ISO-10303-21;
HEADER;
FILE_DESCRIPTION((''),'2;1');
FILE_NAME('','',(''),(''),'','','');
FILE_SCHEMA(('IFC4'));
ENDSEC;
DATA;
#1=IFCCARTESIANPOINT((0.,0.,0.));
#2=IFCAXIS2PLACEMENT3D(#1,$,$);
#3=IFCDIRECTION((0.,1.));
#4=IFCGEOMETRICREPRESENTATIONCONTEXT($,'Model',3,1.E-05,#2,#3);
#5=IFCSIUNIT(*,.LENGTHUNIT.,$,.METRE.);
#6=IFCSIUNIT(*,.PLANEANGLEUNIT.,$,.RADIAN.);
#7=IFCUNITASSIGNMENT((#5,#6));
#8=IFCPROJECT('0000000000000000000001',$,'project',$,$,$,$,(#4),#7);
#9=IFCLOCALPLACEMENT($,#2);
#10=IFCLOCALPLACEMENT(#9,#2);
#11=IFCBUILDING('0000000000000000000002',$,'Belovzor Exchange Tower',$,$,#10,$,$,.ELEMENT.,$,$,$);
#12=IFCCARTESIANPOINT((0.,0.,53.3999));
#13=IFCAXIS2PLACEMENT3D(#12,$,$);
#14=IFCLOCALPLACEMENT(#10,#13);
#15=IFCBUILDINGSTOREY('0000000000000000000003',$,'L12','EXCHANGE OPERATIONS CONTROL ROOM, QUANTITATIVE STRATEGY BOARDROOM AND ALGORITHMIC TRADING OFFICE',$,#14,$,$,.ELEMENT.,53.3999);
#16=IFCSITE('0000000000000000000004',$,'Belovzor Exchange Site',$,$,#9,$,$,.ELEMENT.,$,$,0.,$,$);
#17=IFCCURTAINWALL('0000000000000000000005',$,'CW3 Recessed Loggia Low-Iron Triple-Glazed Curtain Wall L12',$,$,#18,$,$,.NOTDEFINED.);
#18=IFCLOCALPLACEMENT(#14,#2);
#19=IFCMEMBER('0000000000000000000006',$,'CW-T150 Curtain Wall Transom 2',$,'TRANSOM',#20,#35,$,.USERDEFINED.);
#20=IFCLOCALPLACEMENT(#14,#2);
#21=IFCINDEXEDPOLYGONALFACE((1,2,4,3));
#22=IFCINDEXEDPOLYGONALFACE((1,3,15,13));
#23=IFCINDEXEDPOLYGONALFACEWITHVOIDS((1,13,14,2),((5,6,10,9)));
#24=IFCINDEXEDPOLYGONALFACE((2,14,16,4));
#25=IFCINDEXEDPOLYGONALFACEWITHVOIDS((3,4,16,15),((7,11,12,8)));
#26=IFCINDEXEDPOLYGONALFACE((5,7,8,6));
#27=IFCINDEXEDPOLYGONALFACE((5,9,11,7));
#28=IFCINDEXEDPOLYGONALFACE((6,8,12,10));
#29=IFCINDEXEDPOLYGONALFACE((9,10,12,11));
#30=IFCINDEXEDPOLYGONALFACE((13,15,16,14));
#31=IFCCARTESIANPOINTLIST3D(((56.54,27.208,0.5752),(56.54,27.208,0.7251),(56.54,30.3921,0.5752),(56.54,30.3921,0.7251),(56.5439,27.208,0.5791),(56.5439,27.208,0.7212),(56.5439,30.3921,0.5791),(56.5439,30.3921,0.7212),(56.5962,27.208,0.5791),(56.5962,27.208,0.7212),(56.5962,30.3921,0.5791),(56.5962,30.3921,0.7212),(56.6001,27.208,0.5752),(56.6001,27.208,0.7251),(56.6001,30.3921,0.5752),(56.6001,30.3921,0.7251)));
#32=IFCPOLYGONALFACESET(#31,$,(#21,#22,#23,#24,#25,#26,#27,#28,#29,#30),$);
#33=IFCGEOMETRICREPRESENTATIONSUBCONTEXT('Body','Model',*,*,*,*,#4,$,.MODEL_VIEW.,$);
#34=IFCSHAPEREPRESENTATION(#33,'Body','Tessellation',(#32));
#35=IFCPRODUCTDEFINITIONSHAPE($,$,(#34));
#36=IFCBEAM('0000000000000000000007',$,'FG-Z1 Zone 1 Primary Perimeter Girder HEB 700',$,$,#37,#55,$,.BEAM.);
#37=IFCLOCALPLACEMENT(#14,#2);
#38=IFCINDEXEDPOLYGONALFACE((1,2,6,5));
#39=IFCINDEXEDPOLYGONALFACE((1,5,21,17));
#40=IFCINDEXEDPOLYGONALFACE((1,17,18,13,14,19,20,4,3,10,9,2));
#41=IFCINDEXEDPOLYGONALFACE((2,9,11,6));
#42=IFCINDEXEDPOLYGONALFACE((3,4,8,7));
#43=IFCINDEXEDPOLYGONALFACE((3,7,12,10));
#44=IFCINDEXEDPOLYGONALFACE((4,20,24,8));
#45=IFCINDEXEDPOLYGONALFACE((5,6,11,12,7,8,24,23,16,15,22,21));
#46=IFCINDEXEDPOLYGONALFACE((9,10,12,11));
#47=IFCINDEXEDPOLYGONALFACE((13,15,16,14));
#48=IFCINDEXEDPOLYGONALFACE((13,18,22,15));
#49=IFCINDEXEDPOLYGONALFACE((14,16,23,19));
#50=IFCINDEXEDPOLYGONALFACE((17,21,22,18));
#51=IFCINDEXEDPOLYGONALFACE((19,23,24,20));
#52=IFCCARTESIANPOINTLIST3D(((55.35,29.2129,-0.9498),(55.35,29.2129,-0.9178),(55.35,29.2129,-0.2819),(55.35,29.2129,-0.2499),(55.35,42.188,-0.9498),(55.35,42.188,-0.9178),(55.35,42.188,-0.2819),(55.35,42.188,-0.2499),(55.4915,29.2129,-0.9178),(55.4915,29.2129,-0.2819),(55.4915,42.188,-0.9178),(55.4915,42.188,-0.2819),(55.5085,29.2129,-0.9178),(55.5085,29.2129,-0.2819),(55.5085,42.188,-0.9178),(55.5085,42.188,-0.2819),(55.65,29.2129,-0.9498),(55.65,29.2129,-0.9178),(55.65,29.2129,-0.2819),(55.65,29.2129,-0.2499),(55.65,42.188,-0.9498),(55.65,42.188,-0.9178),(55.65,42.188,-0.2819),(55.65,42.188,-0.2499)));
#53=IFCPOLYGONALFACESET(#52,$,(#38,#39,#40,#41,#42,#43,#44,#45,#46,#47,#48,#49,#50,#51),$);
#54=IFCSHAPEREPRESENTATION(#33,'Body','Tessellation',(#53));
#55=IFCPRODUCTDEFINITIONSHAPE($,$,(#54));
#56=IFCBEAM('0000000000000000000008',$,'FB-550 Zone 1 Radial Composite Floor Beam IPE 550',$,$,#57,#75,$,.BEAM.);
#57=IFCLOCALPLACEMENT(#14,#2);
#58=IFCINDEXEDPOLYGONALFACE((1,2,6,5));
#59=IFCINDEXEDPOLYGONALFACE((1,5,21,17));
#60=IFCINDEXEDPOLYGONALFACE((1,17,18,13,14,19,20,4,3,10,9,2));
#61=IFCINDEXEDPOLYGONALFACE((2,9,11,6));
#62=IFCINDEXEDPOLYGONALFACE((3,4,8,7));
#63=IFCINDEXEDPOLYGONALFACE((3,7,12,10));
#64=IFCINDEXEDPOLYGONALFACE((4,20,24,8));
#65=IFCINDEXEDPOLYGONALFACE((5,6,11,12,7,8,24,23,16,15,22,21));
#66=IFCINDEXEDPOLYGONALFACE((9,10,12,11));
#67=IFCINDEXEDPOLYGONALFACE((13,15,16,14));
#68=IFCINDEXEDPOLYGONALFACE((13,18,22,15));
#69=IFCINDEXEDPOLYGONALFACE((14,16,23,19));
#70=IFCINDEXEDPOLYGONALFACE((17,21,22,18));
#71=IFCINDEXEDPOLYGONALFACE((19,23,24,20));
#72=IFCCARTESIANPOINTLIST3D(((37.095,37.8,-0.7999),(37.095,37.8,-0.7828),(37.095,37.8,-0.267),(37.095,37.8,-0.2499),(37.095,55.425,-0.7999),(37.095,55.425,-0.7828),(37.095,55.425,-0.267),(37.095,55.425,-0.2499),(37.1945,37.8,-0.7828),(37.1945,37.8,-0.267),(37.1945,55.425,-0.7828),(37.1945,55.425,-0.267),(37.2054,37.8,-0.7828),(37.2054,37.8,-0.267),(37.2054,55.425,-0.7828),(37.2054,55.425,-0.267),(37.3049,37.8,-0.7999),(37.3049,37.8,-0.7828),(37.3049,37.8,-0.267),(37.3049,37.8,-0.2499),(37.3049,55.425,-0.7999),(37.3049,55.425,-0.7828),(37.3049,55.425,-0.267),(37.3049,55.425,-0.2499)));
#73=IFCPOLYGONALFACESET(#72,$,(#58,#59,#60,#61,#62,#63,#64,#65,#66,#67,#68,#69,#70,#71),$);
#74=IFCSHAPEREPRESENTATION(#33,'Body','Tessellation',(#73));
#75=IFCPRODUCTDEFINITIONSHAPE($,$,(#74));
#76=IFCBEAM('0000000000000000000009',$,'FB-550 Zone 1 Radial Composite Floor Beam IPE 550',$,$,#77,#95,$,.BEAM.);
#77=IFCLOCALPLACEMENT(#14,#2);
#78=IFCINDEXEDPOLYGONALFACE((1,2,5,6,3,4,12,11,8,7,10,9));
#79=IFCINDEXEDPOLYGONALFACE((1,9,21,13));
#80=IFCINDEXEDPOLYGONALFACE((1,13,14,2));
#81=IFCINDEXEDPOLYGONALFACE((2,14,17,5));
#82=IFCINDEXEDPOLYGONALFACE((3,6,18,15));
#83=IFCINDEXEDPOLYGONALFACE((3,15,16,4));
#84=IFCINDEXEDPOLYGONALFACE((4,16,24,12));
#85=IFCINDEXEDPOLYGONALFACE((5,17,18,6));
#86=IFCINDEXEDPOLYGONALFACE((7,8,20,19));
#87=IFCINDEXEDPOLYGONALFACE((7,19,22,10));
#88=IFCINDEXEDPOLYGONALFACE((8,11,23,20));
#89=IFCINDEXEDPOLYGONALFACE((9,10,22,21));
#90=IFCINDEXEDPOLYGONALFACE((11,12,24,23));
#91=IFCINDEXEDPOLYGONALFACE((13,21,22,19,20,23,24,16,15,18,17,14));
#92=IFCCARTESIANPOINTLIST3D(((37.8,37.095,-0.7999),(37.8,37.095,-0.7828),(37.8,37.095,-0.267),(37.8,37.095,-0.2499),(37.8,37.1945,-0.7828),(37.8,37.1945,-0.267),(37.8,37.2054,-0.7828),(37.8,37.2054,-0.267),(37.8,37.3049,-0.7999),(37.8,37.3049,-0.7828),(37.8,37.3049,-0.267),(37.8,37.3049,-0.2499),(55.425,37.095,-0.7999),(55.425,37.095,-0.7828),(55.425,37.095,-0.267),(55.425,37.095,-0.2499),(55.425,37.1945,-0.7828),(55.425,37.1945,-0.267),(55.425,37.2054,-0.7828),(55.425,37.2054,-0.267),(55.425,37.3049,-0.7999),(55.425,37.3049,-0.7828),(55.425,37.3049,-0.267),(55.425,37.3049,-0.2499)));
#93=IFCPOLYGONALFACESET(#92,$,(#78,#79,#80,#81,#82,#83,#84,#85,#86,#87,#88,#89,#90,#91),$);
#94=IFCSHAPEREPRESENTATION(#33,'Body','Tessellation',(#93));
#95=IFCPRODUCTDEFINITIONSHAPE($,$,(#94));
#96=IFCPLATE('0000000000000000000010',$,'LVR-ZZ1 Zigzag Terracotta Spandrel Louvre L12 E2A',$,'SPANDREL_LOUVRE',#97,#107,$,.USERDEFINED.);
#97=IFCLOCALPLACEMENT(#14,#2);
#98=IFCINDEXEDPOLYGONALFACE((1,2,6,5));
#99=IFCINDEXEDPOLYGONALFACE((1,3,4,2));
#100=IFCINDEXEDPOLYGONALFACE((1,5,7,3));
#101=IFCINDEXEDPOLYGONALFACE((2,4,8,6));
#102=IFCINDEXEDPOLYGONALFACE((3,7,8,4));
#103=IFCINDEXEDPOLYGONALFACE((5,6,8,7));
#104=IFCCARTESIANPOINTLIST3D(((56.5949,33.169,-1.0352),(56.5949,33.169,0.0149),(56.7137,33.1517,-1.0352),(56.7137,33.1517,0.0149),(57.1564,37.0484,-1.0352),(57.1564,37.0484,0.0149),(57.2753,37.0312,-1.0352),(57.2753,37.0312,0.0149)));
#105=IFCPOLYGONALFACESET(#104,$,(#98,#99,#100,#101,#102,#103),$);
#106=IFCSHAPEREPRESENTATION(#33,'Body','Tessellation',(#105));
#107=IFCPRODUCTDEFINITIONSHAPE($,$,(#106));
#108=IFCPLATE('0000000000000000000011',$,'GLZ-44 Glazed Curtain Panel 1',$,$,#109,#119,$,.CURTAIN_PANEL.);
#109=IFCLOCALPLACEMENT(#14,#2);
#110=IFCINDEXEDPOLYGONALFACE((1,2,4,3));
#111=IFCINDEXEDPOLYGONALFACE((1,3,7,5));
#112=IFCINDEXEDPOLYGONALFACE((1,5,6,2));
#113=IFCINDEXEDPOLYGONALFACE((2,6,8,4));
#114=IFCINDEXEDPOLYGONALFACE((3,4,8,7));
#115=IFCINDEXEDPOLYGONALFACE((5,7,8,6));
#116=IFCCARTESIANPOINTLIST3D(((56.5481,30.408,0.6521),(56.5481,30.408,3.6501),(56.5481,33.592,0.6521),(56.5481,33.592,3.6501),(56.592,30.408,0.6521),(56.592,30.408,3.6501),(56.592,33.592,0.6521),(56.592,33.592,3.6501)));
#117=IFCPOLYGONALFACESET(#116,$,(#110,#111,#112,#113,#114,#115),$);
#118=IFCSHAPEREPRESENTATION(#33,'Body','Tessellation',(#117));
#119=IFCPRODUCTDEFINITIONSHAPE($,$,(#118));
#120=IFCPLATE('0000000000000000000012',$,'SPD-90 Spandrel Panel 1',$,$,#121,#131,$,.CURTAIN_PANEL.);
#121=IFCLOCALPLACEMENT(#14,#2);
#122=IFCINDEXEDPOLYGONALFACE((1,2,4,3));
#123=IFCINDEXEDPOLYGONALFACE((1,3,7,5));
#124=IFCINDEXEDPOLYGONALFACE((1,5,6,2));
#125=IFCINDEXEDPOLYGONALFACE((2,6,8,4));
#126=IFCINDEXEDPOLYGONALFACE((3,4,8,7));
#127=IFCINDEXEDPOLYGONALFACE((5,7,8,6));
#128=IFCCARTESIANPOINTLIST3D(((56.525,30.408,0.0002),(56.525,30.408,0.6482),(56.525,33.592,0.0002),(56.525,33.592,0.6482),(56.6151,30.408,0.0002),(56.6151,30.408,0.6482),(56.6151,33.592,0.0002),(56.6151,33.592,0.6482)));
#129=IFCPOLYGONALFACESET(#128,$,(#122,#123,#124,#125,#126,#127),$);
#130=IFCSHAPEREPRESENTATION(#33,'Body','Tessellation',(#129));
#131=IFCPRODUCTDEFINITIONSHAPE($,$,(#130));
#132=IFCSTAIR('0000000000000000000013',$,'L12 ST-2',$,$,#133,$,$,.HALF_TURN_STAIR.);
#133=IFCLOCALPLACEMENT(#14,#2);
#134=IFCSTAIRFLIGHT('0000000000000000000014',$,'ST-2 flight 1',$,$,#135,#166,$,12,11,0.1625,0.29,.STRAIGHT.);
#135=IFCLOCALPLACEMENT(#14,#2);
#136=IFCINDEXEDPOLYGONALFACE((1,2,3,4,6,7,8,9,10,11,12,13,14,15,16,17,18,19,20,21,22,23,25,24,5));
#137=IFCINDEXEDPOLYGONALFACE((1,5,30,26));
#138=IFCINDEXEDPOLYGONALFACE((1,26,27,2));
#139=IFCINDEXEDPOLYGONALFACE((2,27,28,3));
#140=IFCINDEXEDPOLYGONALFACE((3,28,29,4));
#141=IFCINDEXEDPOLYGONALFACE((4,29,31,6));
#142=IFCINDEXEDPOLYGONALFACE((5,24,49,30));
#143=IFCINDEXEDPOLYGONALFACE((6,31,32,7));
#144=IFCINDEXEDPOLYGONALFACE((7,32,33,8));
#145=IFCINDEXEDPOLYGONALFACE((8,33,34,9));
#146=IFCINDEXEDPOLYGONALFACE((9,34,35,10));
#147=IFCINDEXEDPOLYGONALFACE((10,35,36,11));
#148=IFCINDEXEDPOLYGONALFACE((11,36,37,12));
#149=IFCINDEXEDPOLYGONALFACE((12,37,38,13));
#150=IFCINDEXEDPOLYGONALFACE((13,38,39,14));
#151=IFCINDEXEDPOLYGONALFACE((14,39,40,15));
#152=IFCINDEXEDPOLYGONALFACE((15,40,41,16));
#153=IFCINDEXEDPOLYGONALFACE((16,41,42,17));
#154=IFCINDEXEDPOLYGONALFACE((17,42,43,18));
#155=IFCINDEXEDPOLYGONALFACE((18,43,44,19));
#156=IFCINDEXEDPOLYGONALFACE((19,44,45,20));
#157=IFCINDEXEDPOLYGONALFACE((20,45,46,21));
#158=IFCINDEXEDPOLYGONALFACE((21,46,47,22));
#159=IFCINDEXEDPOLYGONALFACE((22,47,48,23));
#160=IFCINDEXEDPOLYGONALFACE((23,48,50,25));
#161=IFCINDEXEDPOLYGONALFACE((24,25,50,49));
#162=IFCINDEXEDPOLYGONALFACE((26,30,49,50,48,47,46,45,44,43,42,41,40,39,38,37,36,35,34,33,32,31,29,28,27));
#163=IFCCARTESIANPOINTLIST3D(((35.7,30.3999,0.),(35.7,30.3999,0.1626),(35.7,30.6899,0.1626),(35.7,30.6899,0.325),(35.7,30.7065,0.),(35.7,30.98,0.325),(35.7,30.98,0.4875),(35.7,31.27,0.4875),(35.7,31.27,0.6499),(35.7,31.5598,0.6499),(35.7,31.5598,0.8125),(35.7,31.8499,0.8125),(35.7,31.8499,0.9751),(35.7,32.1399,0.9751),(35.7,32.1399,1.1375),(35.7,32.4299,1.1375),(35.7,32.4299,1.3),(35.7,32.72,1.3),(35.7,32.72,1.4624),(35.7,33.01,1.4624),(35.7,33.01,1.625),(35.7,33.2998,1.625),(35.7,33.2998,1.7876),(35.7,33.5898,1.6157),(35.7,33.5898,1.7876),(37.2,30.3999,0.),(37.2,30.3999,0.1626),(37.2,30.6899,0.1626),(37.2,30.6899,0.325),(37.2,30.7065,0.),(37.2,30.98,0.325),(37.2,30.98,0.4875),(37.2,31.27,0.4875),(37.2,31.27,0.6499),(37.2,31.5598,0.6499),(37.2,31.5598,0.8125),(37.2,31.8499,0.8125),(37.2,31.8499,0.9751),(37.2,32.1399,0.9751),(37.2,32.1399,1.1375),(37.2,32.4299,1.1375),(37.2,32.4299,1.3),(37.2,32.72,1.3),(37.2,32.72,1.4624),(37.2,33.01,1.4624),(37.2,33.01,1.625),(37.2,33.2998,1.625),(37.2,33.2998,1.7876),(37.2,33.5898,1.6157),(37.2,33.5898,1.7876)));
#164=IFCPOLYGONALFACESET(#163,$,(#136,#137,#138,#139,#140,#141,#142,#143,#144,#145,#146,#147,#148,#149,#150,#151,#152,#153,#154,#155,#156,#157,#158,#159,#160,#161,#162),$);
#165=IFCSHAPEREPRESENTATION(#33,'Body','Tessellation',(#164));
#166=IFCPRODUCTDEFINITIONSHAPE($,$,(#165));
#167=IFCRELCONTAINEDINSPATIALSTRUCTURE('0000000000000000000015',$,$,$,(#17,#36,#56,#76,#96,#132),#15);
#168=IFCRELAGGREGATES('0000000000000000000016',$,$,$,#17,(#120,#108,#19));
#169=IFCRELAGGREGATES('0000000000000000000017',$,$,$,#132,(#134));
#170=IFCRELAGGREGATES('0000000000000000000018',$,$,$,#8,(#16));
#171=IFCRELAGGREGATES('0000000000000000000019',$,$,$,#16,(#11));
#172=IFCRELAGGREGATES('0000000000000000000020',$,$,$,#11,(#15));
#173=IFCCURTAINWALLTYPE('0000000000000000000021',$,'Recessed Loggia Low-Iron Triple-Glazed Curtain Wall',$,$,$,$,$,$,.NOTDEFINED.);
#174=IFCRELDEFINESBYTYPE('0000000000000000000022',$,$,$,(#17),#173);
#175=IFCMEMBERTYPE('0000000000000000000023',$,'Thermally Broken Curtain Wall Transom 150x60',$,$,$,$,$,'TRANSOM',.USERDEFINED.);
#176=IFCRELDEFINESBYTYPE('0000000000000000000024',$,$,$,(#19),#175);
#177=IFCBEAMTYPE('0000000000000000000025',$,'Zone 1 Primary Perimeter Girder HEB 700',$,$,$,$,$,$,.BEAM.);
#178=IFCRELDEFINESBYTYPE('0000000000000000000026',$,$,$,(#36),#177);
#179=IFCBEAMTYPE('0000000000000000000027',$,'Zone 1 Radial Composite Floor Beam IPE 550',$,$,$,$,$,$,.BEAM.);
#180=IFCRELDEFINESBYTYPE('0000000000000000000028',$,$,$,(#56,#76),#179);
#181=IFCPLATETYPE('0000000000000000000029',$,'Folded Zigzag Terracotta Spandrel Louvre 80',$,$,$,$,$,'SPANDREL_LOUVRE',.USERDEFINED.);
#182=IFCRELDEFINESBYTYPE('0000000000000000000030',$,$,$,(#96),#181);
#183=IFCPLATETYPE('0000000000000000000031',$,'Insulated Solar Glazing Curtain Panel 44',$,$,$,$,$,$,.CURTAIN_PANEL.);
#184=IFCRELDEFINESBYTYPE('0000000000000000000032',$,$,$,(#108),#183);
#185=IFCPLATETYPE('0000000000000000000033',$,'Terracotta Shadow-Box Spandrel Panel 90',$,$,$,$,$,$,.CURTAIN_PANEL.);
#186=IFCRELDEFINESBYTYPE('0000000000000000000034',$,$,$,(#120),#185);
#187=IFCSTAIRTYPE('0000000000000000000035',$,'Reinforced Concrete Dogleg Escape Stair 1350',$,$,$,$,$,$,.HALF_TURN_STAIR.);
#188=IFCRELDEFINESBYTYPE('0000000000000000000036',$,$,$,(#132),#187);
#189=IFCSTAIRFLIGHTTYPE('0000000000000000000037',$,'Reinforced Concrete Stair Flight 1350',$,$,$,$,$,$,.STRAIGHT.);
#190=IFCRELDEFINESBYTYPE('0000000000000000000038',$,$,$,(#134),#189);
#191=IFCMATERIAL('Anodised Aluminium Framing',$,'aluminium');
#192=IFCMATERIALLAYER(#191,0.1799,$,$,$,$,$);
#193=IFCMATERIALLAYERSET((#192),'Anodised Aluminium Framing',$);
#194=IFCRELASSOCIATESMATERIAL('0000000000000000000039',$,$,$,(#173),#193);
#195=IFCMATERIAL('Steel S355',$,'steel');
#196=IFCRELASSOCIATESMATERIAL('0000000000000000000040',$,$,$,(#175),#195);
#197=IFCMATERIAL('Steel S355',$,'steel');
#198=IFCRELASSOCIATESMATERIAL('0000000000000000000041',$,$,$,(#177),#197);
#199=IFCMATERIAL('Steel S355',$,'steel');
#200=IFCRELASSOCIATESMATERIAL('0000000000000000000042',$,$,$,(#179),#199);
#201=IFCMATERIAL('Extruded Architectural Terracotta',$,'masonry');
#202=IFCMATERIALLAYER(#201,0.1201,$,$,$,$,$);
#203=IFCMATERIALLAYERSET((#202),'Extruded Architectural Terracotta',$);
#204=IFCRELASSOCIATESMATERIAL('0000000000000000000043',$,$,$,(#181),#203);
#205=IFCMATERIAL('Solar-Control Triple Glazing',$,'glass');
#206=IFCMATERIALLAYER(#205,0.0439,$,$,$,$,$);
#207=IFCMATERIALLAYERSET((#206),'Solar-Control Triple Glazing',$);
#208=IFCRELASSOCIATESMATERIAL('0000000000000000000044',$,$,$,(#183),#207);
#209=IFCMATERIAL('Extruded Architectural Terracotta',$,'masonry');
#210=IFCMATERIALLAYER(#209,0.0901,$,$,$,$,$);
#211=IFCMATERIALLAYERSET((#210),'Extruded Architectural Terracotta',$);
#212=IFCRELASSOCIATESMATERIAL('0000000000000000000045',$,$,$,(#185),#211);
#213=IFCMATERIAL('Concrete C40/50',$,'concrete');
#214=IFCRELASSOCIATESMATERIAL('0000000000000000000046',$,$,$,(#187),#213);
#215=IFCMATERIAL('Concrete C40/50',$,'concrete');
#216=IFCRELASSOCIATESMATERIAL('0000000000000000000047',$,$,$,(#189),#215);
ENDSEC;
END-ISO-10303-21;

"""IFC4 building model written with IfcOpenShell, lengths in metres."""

from ifc_helpers import new_model, si_unit, direction, frame, origin, origin_2d, place, context, subcontext, project, spatial, polyline, rectangle, hollow_rectangle, i_section, outline, extrude, material, layer, layer_set, material_profile, profile_set, type_object, element, aggregate, save


model = new_model("IFC4")

# Units and contexts
model_context = context("Model", 3, precision=1e-05, world=origin(), true_north=direction((0.0, 1.0)))
body_context = subcontext(model_context, "Body", "Model", "MODEL_VIEW")
ifc_project = project(units=[si_unit("LENGTHUNIT", "METRE"), si_unit("PLANEANGLEUNIT", "RADIAN")], contexts=[model_context])

# Site, building, storey
site_placement = place(None, origin())
site = spatial("IfcSite", under=ifc_project, at=site_placement, Name="Belovzor Exchange Site", CompositionType="ELEMENT", RefElevation=0.0)
building_placement = place(site_placement, origin())
building = spatial("IfcBuilding", under=site, at=building_placement, Name="Belovzor Exchange Tower", CompositionType="ELEMENT")
storey_placement = place(building_placement, frame((0.0, 0.0, 53.3999)))
storey = spatial("IfcBuildingStorey", under=building, at=storey_placement, Name="L12", Description="EXCHANGE OPERATIONS CONTROL ROOM, QUANTITATIVE STRATEGY BOARDROOM AND ALGORITHMIC TRADING OFFICE", CompositionType="ELEMENT", Elevation=53.3999)

# Curtain wall, member
ifc_material_1 = material(Name="Anodised Aluminium Framing", Category="aluminium")
ifc_layer_1 = layer(ifc_material_1, 0.1799)
ifc_layer_set_1 = layer_set([ifc_layer_1], Name="Anodised Aluminium Framing")
curtain_wall_type = type_object("IfcCurtainWallType", Name="Recessed Loggia Low-Iron Triple-Glazed Curtain Wall", PredefinedType="NOTDEFINED", material=ifc_layer_set_1)
curtain_wall_placement = place(storey_placement, origin())
curtain_wall = element("IfcCurtainWall", 1, at=curtain_wall_placement, inside=storey, type_object=curtain_wall_type, Name="CW3 Recessed Loggia Low-Iron Triple-Glazed Curtain Wall L12", PredefinedType="NOTDEFINED")
ifc_material_2 = material(Name="Steel S355", Category="steel")
ifc_material_profile_1 = material_profile(ifc_material_2, hollow_rectangle(XDim=0.0601, YDim=0.1499, WallThickness=0.0039, at=origin_2d()))
ifc_profile_set_1 = profile_set([ifc_material_profile_1], Name="Steel S355")
member_type_1 = type_object("IfcMemberType", Name="Thermally Broken Curtain Wall Transom 150x60", ElementType="TRANSOM", PredefinedType="USERDEFINED", material=ifc_profile_set_1)
member_1_placement = place(storey_placement, frame((56.5701, 30.3921, 0.6501), z_axis=(0.0, -1.0, 0.0), x_axis=(1.0, 0.0, 0.0)))
member_1 = element("IfcMember", 2, at=member_1_placement, type_object=member_type_1, Name="CW-T150 Curtain Wall Transom 2", ObjectType="TRANSOM", PredefinedType="USERDEFINED", context=body_context, shape_type="SweptSolid", body=[
    extrude(hollow_rectangle(XDim=0.0601, YDim=0.1499, WallThickness=0.0039, at=origin_2d()), origin(), (0.0, 0.0, 1.0), 3.1841),
])

# Beams
ifc_material_3 = material(Name="Steel S355", Category="steel")
ifc_material_profile_2 = material_profile(ifc_material_3, i_section(OverallWidth=0.3, OverallDepth=0.7, WebThickness=0.0171, FlangeThickness=0.032, at=origin_2d()))
ifc_profile_set_2 = profile_set([ifc_material_profile_2], Name="Steel S355")
beam_type_1 = type_object("IfcBeamType", Name="Zone 1 Primary Perimeter Girder HEB 700", PredefinedType="BEAM", material=ifc_profile_set_2)
beam_1_placement = place(storey_placement, frame((55.5, 29.2129, -0.5999), z_axis=(0.0, 1.0, 0.0), x_axis=(-1.0, 0.0, 0.0)))
element("IfcBeam", 3, at=beam_1_placement, inside=storey, type_object=beam_type_1, Name="FG-Z1 Zone 1 Primary Perimeter Girder HEB 700", PredefinedType="BEAM", context=body_context, shape_type="SweptSolid", body=[
    extrude(i_section(OverallWidth=0.3, OverallDepth=0.7, WebThickness=0.0171, FlangeThickness=0.032, at=origin_2d()), origin(), (0.0, 0.0, 1.0), 12.9751),
])
ifc_material_4 = material(Name="Steel S355", Category="steel")
ifc_material_profile_3 = material_profile(ifc_material_4, i_section(OverallWidth=0.21, OverallDepth=0.55, WebThickness=0.011, FlangeThickness=0.0171, at=origin_2d()))
ifc_profile_set_3 = profile_set([ifc_material_profile_3], Name="Steel S355")
beam_type_2 = type_object("IfcBeamType", Name="Zone 1 Radial Composite Floor Beam IPE 550", PredefinedType="BEAM", material=ifc_profile_set_3)
for number, where, z_axis, x_axis, name in (
    (4, (37.2, 37.8, -0.5249), (0.0, 1.0, 0.0), (-1.0, 0.0, 0.0), "FB-550 Zone 1 Radial Composite Floor Beam IPE 550"),
    (5, (37.8, 37.2, -0.5249), (1.0, 0.0, 0.0), (0.0, 1.0, 0.0), "FB-550 Zone 1 Radial Composite Floor Beam IPE 550"),
):
    element("IfcBeam", number, at=place(storey_placement, frame(where, z_axis=z_axis, x_axis=x_axis)), inside=storey, type_object=beam_type_2, Name=name, PredefinedType="BEAM", context=body_context, shape_type="SweptSolid", body=[
        extrude(i_section(OverallWidth=0.21, OverallDepth=0.55, WebThickness=0.011, FlangeThickness=0.0171, at=origin_2d()), origin(), (0.0, 0.0, 1.0), 17.625),
    ])

# Plates
ifc_material_5 = material(Name="Extruded Architectural Terracotta", Category="masonry")
ifc_layer_2 = layer(ifc_material_5, 0.1201)
ifc_layer_set_2 = layer_set([ifc_layer_2], Name="Extruded Architectural Terracotta")
plate_type_1 = type_object("IfcPlateType", Name="Folded Zigzag Terracotta Spandrel Louvre 80", ElementType="SPANDREL_LOUVRE", PredefinedType="USERDEFINED", material=ifc_layer_set_2)
plate_1_placement = place(storey_placement, frame((56.9351, 35.1001, -1.0352), z_axis=(0.0, 0.0, 1.0), x_axis=(0.143251, 0.989686, 0.0)))
element("IfcPlate", 6, at=plate_1_placement, inside=storey, type_object=plate_type_1, Name="LVR-ZZ1 Zigzag Terracotta Spandrel Louvre L12 E2A", ObjectType="SPANDREL_LOUVRE", PredefinedType="USERDEFINED", context=body_context, shape_type="SweptSolid", body=[
    extrude(rectangle(XDim=3.9199, YDim=0.1201, at=origin_2d()), origin(), (0.0, 0.0, 1.0), 1.05),
])
ifc_material_6 = material(Name="Solar-Control Triple Glazing", Category="glass")
ifc_layer_3 = layer(ifc_material_6, 0.0439)
ifc_layer_set_3 = layer_set([ifc_layer_3], Name="Solar-Control Triple Glazing")
plate_type_2 = type_object("IfcPlateType", Name="Insulated Solar Glazing Curtain Panel 44", PredefinedType="CURTAIN_PANEL", material=ifc_layer_set_3)
plate_2_placement = place(storey_placement, frame((56.5701, 32.0, 0.6521), z_axis=(0.0, 0.0, 1.0), x_axis=(0.0, -1.0, 0.0)))
plate_2 = element("IfcPlate", 7, at=plate_2_placement, type_object=plate_type_2, Name="GLZ-44 Glazed Curtain Panel 1", PredefinedType="CURTAIN_PANEL", context=body_context, shape_type="SweptSolid", body=[
    extrude(rectangle(XDim=3.1841, YDim=0.0439, at=origin_2d()), origin(), (0.0, 0.0, 1.0), 2.998),
])
ifc_material_7 = material(Name="Extruded Architectural Terracotta", Category="masonry")
ifc_layer_4 = layer(ifc_material_7, 0.0901)
ifc_layer_set_4 = layer_set([ifc_layer_4], Name="Extruded Architectural Terracotta")
plate_type_3 = type_object("IfcPlateType", Name="Terracotta Shadow-Box Spandrel Panel 90", PredefinedType="CURTAIN_PANEL", material=ifc_layer_set_4)
plate_3_placement = place(storey_placement, frame((56.5701, 32.0, 0.0002), z_axis=(0.0, 0.0, 1.0), x_axis=(0.0, -1.0, 0.0)))
plate_3 = element("IfcPlate", 8, at=plate_3_placement, type_object=plate_type_3, Name="SPD-90 Spandrel Panel 1", PredefinedType="CURTAIN_PANEL", context=body_context, shape_type="SweptSolid", body=[
    extrude(rectangle(XDim=3.1841, YDim=0.0901, at=origin_2d()), origin(), (0.0, 0.0, 1.0), 0.6479),
])
aggregate(curtain_wall, [plate_3, plate_2, member_1])

# Stair, stair flight
ifc_material_8 = material(Name="Concrete C40/50", Category="concrete")
stair_type = type_object("IfcStairType", Name="Reinforced Concrete Dogleg Escape Stair 1350", PredefinedType="HALF_TURN_STAIR", material=ifc_material_8)
stair_placement = place(storey_placement, origin())
stair = element("IfcStair", 9, at=stair_placement, inside=storey, type_object=stair_type, Name="L12 ST-2", PredefinedType="HALF_TURN_STAIR")
ifc_material_9 = material(Name="Concrete C40/50", Category="concrete")
stair_flight_type = type_object("IfcStairFlightType", Name="Reinforced Concrete Stair Flight 1350", PredefinedType="STRAIGHT", material=ifc_material_9)
stair_flight_placement = place(storey_placement, frame((36.45, 30.3999, 0.0), z_axis=(0.0, 0.0, 1.0), x_axis=(0.0, 1.0, 0.0)))
stair_flight = element("IfcStairFlight", 10, at=stair_flight_placement, type_object=stair_flight_type, Name="ST-2 flight 1", NumberOfRisers=12, NumberOfTreads=11, PredefinedType="STRAIGHT", RiserHeight=0.1625, TreadLength=0.29, context=body_context, shape_type="SweptSolid", body=[
    extrude(outline(polyline([(0.0, 0.0), (0.0, 0.1626), (0.29, 0.1626), (0.29, 0.325), (0.5801, 0.325), (0.5801, 0.4875), (0.8701, 0.4875), (0.8701, 0.6499), (1.1599, 0.6499), (1.1599, 0.8125), (1.45, 0.8125), (1.45, 0.9751), (1.74, 0.9751), (1.74, 1.1375), (2.03, 1.1375), (2.03, 1.3), (2.3201, 1.3), (2.3201, 1.4624), (2.6101, 1.4624), (2.6101, 1.625), (2.8999, 1.625), (2.8999, 1.7876), (3.1899, 1.7876), (3.1899, 1.95), (3.1899, 1.6157), (0.3066, 0.0), (0.0, 0.0)])), frame((0.0, 0.75, 0.0), z_axis=(0.0, -1.0, 0.0), x_axis=(1.0, 0.0, 0.0)), (0.0, 0.0, 1.0), 1.5),
])
aggregate(stair, [stair_flight])

save(model, "model.ifc")
